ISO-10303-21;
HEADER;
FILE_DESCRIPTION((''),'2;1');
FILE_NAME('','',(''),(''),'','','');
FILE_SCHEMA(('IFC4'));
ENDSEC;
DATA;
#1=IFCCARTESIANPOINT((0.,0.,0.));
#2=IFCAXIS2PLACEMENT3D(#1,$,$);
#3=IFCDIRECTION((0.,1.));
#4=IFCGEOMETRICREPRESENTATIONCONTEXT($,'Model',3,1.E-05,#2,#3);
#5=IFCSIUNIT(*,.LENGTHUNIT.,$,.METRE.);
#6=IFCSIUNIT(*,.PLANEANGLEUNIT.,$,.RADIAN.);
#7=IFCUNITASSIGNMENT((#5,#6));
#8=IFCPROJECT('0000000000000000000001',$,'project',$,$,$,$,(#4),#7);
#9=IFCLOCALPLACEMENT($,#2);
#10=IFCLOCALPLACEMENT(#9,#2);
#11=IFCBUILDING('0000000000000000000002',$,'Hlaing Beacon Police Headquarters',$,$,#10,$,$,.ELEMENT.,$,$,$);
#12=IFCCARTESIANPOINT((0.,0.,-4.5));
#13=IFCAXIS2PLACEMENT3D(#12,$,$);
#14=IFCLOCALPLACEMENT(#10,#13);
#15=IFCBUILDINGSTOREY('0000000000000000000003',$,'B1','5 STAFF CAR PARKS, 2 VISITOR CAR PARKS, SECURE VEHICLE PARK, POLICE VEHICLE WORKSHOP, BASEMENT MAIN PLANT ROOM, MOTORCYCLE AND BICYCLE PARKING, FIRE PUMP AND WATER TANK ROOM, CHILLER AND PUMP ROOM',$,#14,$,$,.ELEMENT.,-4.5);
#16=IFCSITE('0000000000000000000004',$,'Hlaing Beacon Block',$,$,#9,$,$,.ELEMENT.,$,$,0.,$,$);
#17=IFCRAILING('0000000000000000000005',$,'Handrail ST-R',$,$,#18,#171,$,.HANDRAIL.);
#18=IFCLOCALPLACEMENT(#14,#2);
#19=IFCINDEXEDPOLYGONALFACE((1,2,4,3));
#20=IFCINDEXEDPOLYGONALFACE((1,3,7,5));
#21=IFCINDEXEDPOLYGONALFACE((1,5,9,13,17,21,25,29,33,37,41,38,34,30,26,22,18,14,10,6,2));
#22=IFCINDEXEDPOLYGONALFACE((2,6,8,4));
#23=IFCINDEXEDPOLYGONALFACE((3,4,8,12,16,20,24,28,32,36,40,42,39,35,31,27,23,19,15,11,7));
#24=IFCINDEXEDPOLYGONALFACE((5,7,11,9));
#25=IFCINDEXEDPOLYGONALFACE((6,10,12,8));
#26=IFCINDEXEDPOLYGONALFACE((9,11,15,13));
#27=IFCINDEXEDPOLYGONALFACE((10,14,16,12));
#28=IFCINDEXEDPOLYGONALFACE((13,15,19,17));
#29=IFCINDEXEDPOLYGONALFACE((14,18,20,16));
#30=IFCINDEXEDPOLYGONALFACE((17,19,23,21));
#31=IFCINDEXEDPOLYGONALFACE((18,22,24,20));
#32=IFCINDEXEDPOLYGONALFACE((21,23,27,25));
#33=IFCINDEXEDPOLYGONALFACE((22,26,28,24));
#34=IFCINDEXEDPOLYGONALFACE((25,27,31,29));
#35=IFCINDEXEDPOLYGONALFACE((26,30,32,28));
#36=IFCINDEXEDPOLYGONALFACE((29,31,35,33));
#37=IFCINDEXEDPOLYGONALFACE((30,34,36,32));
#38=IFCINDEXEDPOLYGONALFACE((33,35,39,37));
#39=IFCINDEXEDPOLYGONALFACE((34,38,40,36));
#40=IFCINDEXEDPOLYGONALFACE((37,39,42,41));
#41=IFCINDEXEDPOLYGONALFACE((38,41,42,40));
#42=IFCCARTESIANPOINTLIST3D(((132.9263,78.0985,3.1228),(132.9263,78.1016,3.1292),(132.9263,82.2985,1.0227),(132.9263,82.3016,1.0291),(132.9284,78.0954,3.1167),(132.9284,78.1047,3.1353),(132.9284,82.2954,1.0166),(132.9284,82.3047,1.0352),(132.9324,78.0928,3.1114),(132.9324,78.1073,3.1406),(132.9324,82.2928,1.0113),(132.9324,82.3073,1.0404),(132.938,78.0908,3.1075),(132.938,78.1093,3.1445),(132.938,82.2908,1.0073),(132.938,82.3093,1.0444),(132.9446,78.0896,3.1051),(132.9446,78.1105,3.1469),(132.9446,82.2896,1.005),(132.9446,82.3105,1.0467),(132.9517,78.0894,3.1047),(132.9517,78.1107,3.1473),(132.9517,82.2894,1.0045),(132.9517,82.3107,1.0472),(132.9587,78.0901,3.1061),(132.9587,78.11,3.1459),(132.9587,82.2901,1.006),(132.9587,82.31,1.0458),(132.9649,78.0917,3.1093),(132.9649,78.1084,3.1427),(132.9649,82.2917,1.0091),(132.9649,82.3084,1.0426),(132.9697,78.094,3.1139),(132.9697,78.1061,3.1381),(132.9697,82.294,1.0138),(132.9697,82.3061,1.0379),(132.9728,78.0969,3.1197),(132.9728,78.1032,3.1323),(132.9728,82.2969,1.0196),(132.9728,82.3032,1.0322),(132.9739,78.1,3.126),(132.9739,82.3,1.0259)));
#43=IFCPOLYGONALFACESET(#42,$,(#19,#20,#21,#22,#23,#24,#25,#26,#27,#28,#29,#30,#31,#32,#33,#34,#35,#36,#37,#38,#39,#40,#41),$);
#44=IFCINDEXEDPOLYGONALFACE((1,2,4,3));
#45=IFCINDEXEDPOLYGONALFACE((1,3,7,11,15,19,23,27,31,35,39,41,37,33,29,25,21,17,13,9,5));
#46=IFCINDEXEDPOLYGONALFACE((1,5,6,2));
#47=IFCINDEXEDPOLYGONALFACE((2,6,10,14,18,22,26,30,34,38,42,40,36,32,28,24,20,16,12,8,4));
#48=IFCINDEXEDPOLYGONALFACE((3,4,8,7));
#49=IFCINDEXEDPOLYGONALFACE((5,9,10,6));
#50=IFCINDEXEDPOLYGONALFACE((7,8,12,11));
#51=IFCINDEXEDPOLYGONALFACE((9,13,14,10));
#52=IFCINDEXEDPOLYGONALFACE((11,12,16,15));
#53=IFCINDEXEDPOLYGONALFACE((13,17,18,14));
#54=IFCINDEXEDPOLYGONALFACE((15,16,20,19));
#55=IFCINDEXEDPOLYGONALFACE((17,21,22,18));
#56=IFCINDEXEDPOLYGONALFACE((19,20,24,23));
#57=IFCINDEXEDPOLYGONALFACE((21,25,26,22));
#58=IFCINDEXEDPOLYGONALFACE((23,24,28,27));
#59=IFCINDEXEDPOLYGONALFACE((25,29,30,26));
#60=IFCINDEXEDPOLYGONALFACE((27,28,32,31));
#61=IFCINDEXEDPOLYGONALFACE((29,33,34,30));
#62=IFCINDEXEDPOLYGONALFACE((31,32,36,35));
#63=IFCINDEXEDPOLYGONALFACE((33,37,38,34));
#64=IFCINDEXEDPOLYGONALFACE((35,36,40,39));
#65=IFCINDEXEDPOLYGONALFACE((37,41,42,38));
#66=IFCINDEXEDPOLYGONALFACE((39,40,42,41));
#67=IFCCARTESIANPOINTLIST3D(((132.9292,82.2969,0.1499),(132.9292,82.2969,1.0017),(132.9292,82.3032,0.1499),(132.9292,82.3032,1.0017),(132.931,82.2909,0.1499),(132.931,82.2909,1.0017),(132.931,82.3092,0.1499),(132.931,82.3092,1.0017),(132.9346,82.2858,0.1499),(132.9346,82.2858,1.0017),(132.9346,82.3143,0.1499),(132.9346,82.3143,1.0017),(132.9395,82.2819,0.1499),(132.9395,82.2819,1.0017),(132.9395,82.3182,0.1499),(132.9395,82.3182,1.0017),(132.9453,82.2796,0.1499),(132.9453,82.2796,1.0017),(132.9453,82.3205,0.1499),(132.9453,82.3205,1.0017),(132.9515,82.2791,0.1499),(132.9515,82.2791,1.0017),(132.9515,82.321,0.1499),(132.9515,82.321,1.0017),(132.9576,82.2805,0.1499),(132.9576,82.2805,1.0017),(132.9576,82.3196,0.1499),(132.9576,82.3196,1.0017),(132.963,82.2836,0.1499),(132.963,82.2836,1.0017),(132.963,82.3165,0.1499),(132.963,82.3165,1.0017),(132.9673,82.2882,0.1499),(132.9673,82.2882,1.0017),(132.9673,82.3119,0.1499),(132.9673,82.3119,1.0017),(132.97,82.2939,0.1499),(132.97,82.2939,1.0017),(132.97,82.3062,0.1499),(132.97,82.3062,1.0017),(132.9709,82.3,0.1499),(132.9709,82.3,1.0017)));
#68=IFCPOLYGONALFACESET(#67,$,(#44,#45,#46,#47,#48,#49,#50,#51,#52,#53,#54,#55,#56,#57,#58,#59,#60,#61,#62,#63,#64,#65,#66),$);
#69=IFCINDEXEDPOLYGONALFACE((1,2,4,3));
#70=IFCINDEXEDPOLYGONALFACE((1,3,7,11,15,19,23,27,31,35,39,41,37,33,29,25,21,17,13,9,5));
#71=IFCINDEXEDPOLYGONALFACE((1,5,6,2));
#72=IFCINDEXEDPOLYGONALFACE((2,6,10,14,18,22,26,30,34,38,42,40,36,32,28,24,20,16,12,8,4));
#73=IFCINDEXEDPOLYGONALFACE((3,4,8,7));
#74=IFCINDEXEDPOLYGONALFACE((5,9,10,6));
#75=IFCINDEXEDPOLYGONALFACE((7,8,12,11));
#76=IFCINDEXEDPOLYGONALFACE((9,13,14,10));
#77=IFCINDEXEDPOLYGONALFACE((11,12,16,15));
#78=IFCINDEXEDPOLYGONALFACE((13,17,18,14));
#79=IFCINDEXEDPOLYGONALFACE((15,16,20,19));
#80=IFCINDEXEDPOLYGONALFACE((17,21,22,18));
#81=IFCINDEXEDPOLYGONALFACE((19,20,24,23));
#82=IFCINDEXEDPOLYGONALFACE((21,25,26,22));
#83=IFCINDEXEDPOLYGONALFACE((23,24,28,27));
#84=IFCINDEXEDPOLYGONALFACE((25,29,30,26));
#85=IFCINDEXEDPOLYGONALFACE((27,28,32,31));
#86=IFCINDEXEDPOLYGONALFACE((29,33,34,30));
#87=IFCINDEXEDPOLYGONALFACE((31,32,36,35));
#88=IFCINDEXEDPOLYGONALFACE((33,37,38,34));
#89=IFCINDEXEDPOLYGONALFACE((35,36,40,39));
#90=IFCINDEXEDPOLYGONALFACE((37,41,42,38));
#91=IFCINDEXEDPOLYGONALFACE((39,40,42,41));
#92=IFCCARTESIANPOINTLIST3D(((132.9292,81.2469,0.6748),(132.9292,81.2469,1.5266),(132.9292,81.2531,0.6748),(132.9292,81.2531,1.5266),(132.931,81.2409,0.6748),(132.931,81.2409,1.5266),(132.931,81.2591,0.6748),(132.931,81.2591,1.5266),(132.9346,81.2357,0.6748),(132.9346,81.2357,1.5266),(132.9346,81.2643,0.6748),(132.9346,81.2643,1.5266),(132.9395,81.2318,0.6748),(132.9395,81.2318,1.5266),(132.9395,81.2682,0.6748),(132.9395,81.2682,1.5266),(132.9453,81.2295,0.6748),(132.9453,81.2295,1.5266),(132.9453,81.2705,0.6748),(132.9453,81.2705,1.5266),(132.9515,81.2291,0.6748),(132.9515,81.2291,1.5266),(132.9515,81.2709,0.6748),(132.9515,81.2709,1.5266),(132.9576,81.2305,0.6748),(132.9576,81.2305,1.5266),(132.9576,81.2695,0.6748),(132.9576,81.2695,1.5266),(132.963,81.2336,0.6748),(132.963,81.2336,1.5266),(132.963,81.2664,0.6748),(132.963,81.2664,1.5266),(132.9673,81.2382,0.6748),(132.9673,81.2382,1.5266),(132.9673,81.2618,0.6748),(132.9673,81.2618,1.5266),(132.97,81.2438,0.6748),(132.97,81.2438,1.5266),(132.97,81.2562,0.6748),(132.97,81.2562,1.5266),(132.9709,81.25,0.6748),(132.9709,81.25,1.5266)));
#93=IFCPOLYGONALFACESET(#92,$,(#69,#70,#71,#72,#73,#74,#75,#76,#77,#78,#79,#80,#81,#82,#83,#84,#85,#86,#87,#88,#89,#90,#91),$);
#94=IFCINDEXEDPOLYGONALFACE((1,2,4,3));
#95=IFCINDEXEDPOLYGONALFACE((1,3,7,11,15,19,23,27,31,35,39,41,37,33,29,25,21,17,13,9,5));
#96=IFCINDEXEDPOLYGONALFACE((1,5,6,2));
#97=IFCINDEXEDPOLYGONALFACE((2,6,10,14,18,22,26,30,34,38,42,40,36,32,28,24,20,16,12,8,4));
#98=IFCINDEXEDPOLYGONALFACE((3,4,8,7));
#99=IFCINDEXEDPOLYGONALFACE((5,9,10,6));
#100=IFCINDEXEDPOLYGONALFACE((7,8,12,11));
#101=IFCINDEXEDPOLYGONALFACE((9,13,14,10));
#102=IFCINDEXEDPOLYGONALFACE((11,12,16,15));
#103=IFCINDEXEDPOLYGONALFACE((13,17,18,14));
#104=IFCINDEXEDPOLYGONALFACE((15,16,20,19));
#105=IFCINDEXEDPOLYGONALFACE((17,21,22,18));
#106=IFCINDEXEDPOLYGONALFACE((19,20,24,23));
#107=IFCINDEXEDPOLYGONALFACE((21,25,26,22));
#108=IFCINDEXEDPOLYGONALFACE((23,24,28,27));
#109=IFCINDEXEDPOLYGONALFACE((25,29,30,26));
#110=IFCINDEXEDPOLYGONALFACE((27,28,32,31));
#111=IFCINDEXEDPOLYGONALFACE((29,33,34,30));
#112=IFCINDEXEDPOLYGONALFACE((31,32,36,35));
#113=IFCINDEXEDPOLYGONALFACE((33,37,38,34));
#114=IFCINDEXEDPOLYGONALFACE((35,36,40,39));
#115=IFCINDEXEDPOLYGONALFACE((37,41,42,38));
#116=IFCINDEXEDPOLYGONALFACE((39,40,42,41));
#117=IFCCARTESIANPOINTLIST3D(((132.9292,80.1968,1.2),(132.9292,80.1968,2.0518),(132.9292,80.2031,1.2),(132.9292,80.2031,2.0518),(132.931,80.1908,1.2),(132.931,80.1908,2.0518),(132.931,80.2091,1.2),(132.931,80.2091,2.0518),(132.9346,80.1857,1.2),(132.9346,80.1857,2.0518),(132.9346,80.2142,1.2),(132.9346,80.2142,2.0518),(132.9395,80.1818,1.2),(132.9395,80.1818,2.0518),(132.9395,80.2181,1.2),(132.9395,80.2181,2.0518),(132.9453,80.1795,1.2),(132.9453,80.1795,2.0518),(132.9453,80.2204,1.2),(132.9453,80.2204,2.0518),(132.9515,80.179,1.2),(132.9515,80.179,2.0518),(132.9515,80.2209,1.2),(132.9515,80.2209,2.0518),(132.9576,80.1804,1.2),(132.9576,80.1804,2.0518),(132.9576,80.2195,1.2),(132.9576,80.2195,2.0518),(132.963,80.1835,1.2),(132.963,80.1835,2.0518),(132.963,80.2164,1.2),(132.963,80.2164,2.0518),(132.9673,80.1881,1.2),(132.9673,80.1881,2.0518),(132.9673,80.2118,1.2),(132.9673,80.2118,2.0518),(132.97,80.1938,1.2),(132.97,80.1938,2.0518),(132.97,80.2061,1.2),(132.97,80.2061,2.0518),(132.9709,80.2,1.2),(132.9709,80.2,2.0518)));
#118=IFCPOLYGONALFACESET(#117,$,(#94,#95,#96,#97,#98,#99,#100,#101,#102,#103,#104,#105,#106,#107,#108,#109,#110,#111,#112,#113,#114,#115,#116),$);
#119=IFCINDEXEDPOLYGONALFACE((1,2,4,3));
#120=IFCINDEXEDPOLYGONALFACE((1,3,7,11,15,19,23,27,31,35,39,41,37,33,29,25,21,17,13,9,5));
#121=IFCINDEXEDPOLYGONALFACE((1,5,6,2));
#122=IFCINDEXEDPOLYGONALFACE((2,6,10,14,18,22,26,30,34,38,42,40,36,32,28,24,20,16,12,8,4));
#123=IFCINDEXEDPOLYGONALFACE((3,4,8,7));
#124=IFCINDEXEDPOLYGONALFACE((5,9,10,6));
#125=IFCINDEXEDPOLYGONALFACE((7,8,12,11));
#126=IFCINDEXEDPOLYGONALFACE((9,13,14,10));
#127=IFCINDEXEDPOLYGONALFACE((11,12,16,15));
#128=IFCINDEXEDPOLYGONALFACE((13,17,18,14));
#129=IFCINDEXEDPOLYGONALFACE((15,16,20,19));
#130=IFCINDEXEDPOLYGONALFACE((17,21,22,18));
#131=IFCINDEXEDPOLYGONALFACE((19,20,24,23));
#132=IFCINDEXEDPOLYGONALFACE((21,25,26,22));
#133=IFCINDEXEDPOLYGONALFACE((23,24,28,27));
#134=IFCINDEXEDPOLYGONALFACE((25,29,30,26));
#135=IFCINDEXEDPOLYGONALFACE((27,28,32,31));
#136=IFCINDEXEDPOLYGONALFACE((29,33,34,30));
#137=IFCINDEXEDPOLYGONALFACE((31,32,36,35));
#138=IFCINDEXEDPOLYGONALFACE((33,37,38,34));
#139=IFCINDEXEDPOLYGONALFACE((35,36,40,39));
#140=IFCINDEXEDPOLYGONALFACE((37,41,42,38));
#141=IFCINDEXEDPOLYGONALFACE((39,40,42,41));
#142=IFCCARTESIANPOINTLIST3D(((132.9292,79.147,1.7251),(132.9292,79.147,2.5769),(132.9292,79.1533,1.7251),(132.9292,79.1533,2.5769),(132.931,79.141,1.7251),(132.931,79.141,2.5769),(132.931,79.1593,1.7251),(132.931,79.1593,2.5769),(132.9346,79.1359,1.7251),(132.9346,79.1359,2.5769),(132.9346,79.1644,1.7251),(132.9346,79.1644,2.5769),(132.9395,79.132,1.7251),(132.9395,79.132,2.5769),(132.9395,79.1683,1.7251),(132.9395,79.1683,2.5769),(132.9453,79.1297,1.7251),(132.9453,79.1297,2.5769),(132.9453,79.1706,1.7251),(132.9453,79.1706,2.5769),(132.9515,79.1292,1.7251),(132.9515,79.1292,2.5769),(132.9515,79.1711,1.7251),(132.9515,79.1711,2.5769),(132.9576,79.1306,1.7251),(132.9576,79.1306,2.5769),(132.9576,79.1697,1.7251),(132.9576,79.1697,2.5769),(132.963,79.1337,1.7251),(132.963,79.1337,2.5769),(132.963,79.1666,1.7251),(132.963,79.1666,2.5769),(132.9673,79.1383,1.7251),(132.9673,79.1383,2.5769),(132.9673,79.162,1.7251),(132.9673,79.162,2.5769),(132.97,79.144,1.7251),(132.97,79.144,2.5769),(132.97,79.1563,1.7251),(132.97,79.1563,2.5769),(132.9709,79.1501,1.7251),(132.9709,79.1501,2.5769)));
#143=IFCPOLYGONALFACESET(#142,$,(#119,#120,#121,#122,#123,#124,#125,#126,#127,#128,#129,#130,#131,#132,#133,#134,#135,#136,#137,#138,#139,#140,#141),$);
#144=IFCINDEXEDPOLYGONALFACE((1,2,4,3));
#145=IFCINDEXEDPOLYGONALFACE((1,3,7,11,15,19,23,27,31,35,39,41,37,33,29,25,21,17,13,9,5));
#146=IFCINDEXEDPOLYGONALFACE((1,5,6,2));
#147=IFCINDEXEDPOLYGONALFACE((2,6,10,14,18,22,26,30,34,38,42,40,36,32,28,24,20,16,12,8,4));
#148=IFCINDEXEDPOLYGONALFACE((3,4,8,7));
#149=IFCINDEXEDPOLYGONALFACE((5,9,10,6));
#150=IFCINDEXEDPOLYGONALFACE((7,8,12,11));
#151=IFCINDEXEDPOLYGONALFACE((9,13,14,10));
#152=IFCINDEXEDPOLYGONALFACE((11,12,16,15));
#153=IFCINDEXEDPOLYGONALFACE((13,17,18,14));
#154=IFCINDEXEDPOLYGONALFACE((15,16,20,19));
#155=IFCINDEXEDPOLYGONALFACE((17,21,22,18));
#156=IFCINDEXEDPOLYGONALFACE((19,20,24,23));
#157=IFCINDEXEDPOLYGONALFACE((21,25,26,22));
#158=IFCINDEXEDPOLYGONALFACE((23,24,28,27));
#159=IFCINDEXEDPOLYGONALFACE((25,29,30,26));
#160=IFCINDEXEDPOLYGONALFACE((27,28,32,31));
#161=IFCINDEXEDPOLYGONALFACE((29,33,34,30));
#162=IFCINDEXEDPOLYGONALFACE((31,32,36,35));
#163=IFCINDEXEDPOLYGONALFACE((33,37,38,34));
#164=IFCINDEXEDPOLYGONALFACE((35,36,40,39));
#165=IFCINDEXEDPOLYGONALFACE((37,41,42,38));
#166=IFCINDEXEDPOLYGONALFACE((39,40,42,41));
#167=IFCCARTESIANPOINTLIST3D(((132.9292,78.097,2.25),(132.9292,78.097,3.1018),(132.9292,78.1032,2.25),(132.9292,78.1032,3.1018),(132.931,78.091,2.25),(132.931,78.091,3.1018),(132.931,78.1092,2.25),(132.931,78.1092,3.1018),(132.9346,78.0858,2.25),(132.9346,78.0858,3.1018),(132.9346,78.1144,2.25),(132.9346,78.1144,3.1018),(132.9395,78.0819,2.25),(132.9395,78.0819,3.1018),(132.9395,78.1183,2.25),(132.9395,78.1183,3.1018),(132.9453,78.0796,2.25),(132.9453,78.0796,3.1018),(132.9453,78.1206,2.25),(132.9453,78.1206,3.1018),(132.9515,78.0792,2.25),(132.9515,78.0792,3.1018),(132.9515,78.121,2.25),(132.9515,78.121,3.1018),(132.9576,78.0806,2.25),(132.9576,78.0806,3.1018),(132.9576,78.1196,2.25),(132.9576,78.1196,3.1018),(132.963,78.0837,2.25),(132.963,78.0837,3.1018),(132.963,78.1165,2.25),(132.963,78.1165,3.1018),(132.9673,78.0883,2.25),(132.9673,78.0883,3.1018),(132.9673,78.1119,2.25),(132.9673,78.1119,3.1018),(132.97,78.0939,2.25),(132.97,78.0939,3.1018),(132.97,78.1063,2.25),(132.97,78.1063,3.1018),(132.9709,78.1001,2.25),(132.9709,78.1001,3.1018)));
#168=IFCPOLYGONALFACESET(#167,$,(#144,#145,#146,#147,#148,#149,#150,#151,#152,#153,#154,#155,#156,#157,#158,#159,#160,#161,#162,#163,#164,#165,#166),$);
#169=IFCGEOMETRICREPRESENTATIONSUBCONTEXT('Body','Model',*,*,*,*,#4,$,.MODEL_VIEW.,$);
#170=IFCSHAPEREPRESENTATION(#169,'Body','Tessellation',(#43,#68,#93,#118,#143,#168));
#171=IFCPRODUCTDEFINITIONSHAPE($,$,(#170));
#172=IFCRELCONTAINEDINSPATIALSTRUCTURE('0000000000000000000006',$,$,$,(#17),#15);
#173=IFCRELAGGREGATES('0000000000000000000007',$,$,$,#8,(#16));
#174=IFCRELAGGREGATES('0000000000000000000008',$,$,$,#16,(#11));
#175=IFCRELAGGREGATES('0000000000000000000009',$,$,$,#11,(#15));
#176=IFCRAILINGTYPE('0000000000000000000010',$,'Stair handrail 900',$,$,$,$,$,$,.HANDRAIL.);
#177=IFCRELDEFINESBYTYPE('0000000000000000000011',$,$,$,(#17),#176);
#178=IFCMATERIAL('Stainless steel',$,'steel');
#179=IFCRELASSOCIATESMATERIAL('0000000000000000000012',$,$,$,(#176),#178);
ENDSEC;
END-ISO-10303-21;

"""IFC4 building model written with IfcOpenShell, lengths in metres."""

from ifc_helpers import new_model, si_unit, direction, frame, origin, origin_2d, place, context, subcontext, project, spatial, circle, extrude, material, type_object, element, save


model = new_model("IFC4")

# Units and contexts
model_context = context("Model", 3, precision=1e-05, world=origin(), true_north=direction((0.0, 1.0)))
body_context = subcontext(model_context, "Body", "Model", "MODEL_VIEW")
ifc_project = project(units=[si_unit("LENGTHUNIT", "METRE"), si_unit("PLANEANGLEUNIT", "RADIAN")], contexts=[model_context])

# Site, building, storey
site_placement = place(None, origin())
site = spatial("IfcSite", under=ifc_project, at=site_placement, Name="Hlaing Beacon Block", CompositionType="ELEMENT", RefElevation=0.0)
building_placement = place(site_placement, origin())
building = spatial("IfcBuilding", under=site, at=building_placement, Name="Hlaing Beacon Police Headquarters", CompositionType="ELEMENT")
storey_placement = place(building_placement, frame((0.0, 0.0, -4.5)))
storey = spatial("IfcBuildingStorey", under=building, at=storey_placement, Name="B1", Description="5 STAFF CAR PARKS, 2 VISITOR CAR PARKS, SECURE VEHICLE PARK, POLICE VEHICLE WORKSHOP, BASEMENT MAIN PLANT ROOM, MOTORCYCLE AND BICYCLE PARKING, FIRE PUMP AND WATER TANK ROOM, CHILLER AND PUMP ROOM", CompositionType="ELEMENT", Elevation=-4.5)

# Railing
ifc_material_1 = material(Name="Stainless steel", Category="steel")
railing_type = type_object("IfcRailingType", Name="Stair handrail 900", PredefinedType="HANDRAIL", material=ifc_material_1)
for number, where, name in (
    (1, (132.95, 82.3, 0.1499), "Handrail ST-R"),
):
    element("IfcRailing", number, at=place(storey_placement, frame(where)), inside=storey, type_object=railing_type, Name=name, PredefinedType="HANDRAIL", context=body_context, shape_type="SweptSolid", body=[
        extrude(circle(Radius=0.0239, at=origin_2d()), frame((0.0, 0.0, 0.876), z_axis=(0.0, -0.894417, 0.447234), x_axis=(1.0, 0.0, 0.0)), (0.0, 0.0, 1.0), 4.6958),
        extrude(circle(Radius=0.021, at=origin_2d()), origin(), (0.0, 0.0, 1.0), 0.8518),
        extrude(circle(Radius=0.021, at=origin_2d()), frame((0.0, -1.05, 0.5249)), (0.0, 0.0, 1.0), 0.8518),
        extrude(circle(Radius=0.021, at=origin_2d()), frame((0.0, -2.1001, 1.05)), (0.0, 0.0, 1.0), 0.8518),
        extrude(circle(Radius=0.021, at=origin_2d()), frame((0.0, -3.1499, 1.5752)), (0.0, 0.0, 1.0), 0.8518),
        extrude(circle(Radius=0.021, at=origin_2d()), frame((0.0, -4.2, 2.1001)), (0.0, 0.0, 1.0), 0.8518),
    ])

save(model, "model.ifc")
